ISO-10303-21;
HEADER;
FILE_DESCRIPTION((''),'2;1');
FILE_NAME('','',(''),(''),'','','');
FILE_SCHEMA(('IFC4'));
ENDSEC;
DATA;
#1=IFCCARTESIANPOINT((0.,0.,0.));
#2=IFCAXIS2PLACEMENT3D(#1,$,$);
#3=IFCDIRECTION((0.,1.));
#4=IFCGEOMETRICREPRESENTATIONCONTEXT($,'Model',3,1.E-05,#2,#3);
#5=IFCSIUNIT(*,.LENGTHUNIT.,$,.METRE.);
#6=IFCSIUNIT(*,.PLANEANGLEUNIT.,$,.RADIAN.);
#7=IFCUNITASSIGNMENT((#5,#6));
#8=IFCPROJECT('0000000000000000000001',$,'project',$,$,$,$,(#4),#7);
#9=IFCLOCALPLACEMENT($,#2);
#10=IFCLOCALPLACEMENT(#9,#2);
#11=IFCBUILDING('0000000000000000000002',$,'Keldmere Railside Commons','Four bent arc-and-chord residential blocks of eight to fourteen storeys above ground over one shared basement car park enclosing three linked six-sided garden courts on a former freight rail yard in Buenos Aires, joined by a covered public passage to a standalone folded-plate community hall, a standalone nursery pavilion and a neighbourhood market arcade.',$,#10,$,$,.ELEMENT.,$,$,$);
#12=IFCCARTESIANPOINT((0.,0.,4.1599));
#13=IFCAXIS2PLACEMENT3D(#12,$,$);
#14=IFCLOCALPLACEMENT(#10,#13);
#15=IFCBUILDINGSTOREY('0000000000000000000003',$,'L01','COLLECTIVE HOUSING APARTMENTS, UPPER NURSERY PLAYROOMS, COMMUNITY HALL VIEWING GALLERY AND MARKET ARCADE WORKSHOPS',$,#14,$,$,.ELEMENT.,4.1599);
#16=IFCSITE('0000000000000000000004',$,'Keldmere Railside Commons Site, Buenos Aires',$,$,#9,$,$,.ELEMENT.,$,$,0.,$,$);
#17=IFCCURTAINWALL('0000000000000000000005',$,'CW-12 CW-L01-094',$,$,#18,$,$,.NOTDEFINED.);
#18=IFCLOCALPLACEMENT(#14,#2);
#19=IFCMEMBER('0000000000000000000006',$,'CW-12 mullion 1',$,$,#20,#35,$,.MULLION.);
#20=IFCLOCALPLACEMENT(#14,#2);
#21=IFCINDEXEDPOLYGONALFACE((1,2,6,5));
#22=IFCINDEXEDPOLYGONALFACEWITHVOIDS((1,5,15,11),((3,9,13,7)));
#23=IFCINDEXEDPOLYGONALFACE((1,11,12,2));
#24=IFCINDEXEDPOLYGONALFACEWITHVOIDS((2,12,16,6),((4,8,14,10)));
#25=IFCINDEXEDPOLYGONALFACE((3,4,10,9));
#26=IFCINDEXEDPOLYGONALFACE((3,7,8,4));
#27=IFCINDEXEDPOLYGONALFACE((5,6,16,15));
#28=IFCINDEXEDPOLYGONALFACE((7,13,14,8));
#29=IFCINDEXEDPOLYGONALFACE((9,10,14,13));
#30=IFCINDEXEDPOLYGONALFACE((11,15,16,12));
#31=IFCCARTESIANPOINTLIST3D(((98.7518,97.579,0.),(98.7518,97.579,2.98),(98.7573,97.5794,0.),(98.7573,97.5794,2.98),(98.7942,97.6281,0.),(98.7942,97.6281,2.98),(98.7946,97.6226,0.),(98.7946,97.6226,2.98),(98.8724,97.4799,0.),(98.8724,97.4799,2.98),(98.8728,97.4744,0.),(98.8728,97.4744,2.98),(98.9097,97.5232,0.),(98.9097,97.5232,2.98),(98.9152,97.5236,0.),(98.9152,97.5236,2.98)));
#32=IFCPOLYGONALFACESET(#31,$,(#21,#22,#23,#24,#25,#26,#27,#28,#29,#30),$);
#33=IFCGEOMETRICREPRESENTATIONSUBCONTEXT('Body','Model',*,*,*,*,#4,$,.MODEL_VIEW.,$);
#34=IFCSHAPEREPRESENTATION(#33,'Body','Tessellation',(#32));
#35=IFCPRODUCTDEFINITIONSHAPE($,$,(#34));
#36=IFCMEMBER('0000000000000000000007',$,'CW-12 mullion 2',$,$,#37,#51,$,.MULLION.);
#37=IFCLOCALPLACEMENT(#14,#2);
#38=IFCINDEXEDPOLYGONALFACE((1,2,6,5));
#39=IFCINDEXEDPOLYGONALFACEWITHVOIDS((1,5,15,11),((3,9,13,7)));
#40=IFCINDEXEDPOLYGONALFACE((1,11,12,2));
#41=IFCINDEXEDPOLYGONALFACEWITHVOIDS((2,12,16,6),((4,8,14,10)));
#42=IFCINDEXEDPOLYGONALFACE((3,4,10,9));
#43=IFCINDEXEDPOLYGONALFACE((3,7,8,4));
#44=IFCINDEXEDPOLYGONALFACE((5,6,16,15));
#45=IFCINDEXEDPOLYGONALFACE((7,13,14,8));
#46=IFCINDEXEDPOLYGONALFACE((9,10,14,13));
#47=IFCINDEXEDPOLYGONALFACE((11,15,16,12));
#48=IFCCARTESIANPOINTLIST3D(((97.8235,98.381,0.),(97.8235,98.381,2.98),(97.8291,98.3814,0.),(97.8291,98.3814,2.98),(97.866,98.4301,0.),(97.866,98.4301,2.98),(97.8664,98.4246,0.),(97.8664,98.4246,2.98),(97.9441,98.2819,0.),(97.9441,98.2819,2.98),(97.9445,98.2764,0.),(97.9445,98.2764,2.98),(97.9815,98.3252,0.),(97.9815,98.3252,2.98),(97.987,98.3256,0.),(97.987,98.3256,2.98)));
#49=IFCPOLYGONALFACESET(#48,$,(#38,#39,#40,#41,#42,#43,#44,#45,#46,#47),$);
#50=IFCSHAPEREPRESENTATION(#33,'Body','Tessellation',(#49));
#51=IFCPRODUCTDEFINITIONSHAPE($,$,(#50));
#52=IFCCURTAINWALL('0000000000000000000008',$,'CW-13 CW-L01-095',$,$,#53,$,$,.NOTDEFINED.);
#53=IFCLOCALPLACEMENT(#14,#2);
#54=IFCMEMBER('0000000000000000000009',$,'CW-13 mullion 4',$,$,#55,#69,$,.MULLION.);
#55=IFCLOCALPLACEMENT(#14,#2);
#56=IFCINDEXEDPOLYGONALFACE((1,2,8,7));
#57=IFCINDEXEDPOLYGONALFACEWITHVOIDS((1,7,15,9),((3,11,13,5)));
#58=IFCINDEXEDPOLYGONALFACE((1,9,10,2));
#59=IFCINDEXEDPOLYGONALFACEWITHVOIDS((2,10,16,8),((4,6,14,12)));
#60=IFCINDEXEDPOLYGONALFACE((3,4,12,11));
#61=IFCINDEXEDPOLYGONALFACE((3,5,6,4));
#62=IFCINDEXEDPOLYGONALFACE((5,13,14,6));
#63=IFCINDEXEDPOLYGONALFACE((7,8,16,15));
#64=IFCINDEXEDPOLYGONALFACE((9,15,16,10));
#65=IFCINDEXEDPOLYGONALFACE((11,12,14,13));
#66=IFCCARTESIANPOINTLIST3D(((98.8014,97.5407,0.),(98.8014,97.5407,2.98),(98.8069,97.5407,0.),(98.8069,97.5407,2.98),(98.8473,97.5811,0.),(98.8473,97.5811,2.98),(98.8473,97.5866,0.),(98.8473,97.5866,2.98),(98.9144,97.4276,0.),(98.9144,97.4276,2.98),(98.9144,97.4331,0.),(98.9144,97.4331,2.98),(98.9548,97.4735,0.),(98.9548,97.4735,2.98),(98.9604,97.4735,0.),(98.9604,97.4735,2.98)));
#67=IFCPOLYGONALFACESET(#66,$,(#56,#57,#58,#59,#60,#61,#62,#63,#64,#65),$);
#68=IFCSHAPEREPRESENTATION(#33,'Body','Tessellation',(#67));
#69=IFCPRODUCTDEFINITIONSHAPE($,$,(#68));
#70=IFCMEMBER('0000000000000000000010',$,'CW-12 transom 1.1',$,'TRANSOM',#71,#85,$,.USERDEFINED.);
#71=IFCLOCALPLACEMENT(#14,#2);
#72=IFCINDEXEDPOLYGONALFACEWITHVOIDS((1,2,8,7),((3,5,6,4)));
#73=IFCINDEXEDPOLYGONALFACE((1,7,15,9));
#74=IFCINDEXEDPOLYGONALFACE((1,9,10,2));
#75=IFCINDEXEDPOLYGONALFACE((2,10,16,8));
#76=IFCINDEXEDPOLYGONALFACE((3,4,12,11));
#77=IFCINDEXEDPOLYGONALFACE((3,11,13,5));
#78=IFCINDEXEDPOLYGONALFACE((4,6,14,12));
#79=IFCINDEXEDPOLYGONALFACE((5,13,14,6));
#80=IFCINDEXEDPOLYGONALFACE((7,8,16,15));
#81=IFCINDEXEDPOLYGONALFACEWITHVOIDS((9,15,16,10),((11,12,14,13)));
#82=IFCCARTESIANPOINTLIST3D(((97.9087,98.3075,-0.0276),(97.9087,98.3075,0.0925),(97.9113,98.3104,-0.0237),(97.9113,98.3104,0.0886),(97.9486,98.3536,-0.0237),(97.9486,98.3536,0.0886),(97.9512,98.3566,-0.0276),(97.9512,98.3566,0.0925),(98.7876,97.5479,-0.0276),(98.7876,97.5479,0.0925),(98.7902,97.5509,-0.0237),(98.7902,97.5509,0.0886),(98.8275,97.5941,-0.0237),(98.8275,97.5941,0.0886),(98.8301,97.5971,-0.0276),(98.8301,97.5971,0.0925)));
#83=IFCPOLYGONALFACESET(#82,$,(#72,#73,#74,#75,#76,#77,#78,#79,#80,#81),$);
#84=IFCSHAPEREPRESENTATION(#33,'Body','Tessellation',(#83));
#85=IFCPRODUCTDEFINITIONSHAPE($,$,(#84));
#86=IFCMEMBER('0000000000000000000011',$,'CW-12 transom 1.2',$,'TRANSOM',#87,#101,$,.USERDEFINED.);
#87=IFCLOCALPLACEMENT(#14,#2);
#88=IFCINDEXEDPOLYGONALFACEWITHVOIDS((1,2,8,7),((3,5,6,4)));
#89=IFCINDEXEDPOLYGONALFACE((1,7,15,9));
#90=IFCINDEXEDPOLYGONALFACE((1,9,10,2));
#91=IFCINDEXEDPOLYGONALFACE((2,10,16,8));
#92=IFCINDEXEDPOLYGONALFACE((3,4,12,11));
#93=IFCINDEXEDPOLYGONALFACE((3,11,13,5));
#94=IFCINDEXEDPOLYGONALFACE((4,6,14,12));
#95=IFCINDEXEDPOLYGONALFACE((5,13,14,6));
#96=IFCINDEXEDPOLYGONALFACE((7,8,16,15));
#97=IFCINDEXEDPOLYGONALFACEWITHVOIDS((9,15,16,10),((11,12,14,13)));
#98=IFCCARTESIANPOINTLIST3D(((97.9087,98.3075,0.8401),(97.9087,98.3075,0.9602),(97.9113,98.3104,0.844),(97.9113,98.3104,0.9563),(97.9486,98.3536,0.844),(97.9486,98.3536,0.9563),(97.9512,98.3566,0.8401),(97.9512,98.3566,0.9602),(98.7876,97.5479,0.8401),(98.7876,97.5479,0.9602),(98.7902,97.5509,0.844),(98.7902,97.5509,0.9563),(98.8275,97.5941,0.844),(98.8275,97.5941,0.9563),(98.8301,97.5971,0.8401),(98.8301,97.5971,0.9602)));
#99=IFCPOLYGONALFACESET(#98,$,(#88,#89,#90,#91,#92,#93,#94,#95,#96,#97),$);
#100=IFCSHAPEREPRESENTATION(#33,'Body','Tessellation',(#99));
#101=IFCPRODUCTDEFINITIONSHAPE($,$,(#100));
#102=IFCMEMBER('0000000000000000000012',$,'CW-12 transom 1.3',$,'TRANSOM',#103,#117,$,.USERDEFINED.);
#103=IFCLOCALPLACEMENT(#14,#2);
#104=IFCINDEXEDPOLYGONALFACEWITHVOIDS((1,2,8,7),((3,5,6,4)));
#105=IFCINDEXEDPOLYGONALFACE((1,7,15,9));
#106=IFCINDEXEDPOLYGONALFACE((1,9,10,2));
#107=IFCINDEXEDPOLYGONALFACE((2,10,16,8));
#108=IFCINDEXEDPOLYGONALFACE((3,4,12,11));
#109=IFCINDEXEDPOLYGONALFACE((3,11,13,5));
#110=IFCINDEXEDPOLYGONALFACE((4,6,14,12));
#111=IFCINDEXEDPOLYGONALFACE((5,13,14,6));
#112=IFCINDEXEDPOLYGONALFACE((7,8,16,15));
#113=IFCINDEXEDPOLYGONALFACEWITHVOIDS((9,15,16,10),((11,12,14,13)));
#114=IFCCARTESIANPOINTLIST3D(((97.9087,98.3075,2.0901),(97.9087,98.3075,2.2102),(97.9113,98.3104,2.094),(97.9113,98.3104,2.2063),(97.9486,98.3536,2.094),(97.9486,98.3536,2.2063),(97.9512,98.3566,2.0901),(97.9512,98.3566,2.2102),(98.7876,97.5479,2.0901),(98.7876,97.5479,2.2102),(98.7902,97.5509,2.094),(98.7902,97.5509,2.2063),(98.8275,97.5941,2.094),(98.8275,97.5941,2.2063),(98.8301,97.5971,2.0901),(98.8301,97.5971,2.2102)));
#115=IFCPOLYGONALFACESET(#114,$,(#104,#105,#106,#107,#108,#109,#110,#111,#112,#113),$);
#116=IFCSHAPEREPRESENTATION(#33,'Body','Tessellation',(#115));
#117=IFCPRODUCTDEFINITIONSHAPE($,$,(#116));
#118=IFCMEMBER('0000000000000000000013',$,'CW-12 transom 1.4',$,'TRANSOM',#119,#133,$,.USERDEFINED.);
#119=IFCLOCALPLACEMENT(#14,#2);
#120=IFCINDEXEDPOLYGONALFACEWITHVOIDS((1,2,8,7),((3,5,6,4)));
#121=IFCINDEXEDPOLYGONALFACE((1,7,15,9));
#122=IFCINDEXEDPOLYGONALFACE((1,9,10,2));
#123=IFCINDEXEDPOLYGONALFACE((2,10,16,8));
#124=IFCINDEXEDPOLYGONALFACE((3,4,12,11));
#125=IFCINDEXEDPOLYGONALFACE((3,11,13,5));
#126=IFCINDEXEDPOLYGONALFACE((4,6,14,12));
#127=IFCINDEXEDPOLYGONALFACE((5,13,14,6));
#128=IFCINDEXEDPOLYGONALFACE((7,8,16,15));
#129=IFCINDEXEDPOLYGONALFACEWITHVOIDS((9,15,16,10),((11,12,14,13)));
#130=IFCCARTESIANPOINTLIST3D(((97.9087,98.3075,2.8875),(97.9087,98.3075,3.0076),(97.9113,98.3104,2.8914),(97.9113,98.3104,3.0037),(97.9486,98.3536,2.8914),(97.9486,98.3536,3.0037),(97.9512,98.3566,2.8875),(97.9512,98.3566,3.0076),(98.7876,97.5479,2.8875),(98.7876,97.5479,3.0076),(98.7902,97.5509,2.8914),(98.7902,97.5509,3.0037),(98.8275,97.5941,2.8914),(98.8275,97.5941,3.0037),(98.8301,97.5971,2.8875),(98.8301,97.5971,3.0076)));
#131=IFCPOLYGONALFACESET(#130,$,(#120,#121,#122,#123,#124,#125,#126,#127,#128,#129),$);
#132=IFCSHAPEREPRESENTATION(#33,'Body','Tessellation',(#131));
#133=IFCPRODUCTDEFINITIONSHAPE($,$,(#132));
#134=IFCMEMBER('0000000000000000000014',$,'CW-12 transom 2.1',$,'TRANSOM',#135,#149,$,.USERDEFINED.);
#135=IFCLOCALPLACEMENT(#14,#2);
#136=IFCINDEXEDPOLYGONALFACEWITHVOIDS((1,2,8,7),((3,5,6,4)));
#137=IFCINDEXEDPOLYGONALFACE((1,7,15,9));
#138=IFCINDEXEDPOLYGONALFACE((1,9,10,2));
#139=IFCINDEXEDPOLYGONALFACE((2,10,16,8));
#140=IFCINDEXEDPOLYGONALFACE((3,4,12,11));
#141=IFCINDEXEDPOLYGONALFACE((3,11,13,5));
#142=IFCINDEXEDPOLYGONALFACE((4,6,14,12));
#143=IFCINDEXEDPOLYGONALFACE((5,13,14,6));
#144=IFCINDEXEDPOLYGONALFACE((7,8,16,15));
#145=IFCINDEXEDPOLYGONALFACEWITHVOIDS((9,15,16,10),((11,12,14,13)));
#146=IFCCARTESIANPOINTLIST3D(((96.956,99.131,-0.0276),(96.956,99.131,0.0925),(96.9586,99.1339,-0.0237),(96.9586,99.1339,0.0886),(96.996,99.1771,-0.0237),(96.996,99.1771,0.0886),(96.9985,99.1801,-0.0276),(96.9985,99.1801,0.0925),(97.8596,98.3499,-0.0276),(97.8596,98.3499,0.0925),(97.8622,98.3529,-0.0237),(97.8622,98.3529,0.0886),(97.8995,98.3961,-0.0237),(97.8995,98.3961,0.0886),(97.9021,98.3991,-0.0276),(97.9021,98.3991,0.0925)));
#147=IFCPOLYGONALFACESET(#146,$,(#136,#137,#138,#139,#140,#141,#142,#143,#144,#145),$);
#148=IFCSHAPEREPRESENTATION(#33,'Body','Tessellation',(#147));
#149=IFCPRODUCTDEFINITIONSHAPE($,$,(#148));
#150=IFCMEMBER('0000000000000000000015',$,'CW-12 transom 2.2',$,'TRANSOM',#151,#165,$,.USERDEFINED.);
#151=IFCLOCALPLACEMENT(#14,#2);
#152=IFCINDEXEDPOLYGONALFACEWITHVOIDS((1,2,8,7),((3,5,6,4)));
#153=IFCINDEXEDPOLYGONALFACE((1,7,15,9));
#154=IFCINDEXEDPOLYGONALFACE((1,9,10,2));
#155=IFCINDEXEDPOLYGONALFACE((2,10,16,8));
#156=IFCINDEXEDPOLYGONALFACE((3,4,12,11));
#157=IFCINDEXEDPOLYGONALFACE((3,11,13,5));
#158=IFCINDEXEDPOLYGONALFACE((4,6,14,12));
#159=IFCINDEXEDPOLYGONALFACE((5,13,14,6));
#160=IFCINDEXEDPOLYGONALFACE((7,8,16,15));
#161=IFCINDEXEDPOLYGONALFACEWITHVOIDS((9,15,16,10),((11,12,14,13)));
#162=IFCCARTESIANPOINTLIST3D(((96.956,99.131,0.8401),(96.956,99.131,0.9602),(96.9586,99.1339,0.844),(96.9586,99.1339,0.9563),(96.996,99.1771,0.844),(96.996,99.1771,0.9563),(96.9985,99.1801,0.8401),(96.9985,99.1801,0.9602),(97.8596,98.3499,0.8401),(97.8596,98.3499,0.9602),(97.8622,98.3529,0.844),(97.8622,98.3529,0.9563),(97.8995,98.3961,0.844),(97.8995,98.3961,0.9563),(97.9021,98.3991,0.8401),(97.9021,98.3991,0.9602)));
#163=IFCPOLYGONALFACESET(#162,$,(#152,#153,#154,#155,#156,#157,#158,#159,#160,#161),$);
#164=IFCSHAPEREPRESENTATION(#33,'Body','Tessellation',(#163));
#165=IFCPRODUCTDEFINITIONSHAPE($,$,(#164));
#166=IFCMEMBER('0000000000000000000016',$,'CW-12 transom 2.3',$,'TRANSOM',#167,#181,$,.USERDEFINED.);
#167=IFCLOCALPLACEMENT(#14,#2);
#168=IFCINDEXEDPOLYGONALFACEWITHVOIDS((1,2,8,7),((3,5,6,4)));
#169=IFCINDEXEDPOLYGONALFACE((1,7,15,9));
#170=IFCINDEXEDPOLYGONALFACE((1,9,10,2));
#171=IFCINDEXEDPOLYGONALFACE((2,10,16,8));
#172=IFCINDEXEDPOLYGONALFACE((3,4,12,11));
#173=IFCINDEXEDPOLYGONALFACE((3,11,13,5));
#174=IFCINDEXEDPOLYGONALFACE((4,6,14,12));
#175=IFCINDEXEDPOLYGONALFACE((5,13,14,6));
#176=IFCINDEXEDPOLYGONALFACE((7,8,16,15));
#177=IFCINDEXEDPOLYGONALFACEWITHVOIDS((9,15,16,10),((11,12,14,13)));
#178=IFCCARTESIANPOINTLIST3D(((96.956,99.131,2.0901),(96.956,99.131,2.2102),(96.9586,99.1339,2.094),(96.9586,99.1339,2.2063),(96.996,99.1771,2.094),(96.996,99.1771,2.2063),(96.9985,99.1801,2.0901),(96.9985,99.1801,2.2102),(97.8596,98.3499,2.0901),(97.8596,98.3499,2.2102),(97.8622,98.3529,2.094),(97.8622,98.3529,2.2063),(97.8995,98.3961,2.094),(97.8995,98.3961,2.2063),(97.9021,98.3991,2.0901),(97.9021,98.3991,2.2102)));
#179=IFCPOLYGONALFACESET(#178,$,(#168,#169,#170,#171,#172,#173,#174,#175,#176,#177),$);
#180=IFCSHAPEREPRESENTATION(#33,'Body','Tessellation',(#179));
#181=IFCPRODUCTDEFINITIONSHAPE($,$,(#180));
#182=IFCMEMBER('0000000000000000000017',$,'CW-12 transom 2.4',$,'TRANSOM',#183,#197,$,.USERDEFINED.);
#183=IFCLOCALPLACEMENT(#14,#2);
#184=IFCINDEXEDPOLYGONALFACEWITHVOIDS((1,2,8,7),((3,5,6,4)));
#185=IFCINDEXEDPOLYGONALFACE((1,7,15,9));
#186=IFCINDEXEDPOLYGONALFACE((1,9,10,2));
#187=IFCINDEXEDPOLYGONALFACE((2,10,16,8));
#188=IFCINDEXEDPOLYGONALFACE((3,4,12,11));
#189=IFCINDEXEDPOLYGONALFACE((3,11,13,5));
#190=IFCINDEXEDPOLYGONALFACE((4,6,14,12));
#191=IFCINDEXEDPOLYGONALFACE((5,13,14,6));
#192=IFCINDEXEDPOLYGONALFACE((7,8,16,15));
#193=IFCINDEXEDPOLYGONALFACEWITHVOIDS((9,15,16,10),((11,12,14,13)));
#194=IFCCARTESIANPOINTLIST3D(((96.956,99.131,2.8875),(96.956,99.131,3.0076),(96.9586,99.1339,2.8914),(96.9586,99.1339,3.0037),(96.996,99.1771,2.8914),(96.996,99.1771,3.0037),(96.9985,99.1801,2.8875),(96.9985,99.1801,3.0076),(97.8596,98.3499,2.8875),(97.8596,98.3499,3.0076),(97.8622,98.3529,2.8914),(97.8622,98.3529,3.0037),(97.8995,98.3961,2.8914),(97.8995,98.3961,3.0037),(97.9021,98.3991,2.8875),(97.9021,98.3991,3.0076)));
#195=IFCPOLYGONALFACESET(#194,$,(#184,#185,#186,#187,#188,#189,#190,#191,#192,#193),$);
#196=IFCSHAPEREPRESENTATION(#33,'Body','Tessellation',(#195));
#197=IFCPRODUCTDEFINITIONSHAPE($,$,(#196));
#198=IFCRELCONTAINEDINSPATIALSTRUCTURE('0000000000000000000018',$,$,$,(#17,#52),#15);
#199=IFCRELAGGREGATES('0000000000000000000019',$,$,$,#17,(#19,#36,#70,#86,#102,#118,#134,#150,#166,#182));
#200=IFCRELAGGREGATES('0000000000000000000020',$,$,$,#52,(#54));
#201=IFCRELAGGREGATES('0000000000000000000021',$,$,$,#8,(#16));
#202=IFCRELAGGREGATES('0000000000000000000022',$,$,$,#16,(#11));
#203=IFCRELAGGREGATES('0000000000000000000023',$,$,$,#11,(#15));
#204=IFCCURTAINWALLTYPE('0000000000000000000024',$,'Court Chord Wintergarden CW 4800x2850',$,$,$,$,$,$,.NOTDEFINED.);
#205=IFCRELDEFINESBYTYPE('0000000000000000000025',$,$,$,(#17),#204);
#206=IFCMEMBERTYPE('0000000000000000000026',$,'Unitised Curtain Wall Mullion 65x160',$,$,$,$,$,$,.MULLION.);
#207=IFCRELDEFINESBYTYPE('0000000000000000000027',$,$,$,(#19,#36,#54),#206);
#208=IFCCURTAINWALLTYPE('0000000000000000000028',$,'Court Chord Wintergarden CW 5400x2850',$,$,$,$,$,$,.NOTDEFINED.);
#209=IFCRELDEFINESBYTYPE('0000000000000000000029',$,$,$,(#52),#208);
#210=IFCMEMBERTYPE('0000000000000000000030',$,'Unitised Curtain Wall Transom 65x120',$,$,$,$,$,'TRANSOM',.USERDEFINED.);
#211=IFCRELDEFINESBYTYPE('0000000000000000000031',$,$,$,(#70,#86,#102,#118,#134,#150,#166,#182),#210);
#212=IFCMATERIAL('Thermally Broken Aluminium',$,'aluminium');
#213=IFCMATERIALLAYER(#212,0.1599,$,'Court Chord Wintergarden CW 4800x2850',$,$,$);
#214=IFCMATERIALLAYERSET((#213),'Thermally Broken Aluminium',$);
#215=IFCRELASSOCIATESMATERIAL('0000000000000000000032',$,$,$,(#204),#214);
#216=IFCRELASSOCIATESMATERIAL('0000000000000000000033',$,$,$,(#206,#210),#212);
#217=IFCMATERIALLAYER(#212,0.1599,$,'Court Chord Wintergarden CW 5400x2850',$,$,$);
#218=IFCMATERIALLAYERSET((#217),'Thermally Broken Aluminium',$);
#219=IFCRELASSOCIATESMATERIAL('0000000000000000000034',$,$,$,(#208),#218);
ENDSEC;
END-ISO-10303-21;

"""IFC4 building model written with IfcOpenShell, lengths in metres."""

from ifc_helpers import new_model, si_unit, direction, frame, origin, origin_2d, place, context, subcontext, project, spatial, hollow_rectangle, extrude, material, layer, layer_set, material_profile, profile_set, type_object, element, aggregate, save


model = new_model("IFC4")

# Units and contexts
model_context = context("Model", 3, precision=1e-05, world=origin(), true_north=direction((0.0, 1.0)))
body_context = subcontext(model_context, "Body", "Model", "MODEL_VIEW")
ifc_project = project(units=[si_unit("LENGTHUNIT", "METRE"), si_unit("PLANEANGLEUNIT", "RADIAN")], contexts=[model_context])

# Site, building, storey
site_placement = place(None, origin())
site = spatial("IfcSite", under=ifc_project, at=site_placement, Name="Keldmere Railside Commons Site, Buenos Aires", CompositionType="ELEMENT", RefElevation=0.0)
building_placement = place(site_placement, origin())
building = spatial("IfcBuilding", under=site, at=building_placement, Name="Keldmere Railside Commons", Description="Four bent arc-and-chord residential blocks of eight to fourteen storeys above ground over one shared basement car park enclosing three linked six-sided garden courts on a former freight rail yard in Buenos Aires, joined by a covered public passage to a standalone folded-plate community hall, a standalone nursery pavilion and a neighbourhood market arcade.", CompositionType="ELEMENT")
storey_placement = place(building_placement, frame((0.0, 0.0, 4.1599)))
storey = spatial("IfcBuildingStorey", under=building, at=storey_placement, Name="L01", Description="COLLECTIVE HOUSING APARTMENTS, UPPER NURSERY PLAYROOMS, COMMUNITY HALL VIEWING GALLERY AND MARKET ARCADE WORKSHOPS", CompositionType="ELEMENT", Elevation=4.1599)

# Curtain wall, members
ifc_material_1 = material(Name="Thermally Broken Aluminium", Category="aluminium")
ifc_layer_1 = layer(ifc_material_1, 0.1599, Name="Court Chord Wintergarden CW 4800x2850")
ifc_layer_set_1 = layer_set([ifc_layer_1], Name="Thermally Broken Aluminium")
curtain_wall_type_1 = type_object("IfcCurtainWallType", Name="Court Chord Wintergarden CW 4800x2850", PredefinedType="NOTDEFINED", material=ifc_layer_set_1)
curtain_wall_1_placement = place(storey_placement, origin())
curtain_wall_1 = element("IfcCurtainWall", 1, at=curtain_wall_1_placement, inside=storey, type_object=curtain_wall_type_1, Name="CW-12 CW-L01-094", PredefinedType="NOTDEFINED")
ifc_material_profile_1 = material_profile(ifc_material_1, hollow_rectangle(XDim=0.0649, YDim=0.1599, WallThickness=0.0039, at=origin_2d()), Name="ALU-MULL-65x160")
ifc_profile_set_1 = profile_set([ifc_material_profile_1], Name="Thermally Broken Aluminium")
member_type_1 = type_object("IfcMemberType", Name="Unitised Curtain Wall Mullion 65x160", PredefinedType="MULLION", material=ifc_profile_set_1)
member_1_placement = place(storey_placement, frame((98.8335, 97.5513, 0.0), z_axis=(0.0, 0.0, 1.0), x_axis=(-0.653882, -0.756597, 0.0)))
member_1 = element("IfcMember", 2, at=member_1_placement, type_object=member_type_1, Name="CW-12 mullion 1", PredefinedType="MULLION", context=body_context, shape_type="SweptSolid", body=[
    extrude(hollow_rectangle(XDim=0.0649, YDim=0.1599, WallThickness=0.0039, at=origin_2d()), origin(), (0.0, 0.0, 1.0), 2.98),
])
member_2_placement = place(storey_placement, frame((97.9053, 98.3533, 0.0), z_axis=(0.0, 0.0, 1.0), x_axis=(-0.653882, -0.756597, 0.0)))
member_2 = element("IfcMember", 3, at=member_2_placement, type_object=member_type_1, Name="CW-12 mullion 2", PredefinedType="MULLION", context=body_context, shape_type="SweptSolid", body=[
    extrude(hollow_rectangle(XDim=0.0649, YDim=0.1599, WallThickness=0.0039, at=origin_2d()), origin(), (0.0, 0.0, 1.0), 2.98),
])

# Curtain wall, member
ifc_layer_2 = layer(ifc_material_1, 0.1599, Name="Court Chord Wintergarden CW 5400x2850")
ifc_layer_set_2 = layer_set([ifc_layer_2], Name="Thermally Broken Aluminium")
curtain_wall_type_2 = type_object("IfcCurtainWallType", Name="Court Chord Wintergarden CW 5400x2850", PredefinedType="NOTDEFINED", material=ifc_layer_set_2)
curtain_wall_2_placement = place(storey_placement, origin())
curtain_wall_2 = element("IfcCurtainWall", 4, at=curtain_wall_2_placement, inside=storey, type_object=curtain_wall_type_2, Name="CW-13 CW-L01-095", PredefinedType="NOTDEFINED")
member_3_placement = place(storey_placement, frame((98.8809, 97.5071, 0.0), z_axis=(0.0, 0.0, 1.0), x_axis=(-0.707107, -0.707107, 0.0)))
member_3 = element("IfcMember", 5, at=member_3_placement, type_object=member_type_1, Name="CW-13 mullion 4", PredefinedType="MULLION", context=body_context, shape_type="SweptSolid", body=[
    extrude(hollow_rectangle(XDim=0.0649, YDim=0.1599, WallThickness=0.0039, at=origin_2d()), origin(), (0.0, 0.0, 1.0), 2.98),
])

# Members
ifc_material_profile_2 = material_profile(ifc_material_1, hollow_rectangle(XDim=0.0649, YDim=0.1201, WallThickness=0.0039, at=origin_2d()), Name="ALU-TRAN-65x120")
ifc_profile_set_2 = profile_set([ifc_material_profile_2], Name="Thermally Broken Aluminium")
member_type_2 = type_object("IfcMemberType", Name="Unitised Curtain Wall Transom 65x120", ElementType="TRANSOM", PredefinedType="USERDEFINED", material=ifc_profile_set_2)
member_4_placement = place(storey_placement, frame((98.8088, 97.5725, 0.0325), z_axis=(-0.756624, 0.65385, 0.0), x_axis=(-0.65385, -0.756624, 0.0)))
member_4 = element("IfcMember", 6, at=member_4_placement, type_object=member_type_2, Name="CW-12 transom 1.1", ObjectType="TRANSOM", PredefinedType="USERDEFINED", context=body_context, shape_type="SweptSolid", body=[
    extrude(hollow_rectangle(XDim=0.0649, YDim=0.1201, WallThickness=0.0039, at=origin_2d()), origin(), (0.0, 0.0, 1.0), 1.1616),
])
member_5_placement = place(storey_placement, frame((98.8088, 97.5725, 0.9001), z_axis=(-0.756624, 0.65385, 0.0), x_axis=(-0.65385, -0.756624, 0.0)))
member_5 = element("IfcMember", 7, at=member_5_placement, type_object=member_type_2, Name="CW-12 transom 1.2", ObjectType="TRANSOM", PredefinedType="USERDEFINED", context=body_context, shape_type="SweptSolid", body=[
    extrude(hollow_rectangle(XDim=0.0649, YDim=0.1201, WallThickness=0.0039, at=origin_2d()), origin(), (0.0, 0.0, 1.0), 1.1616),
])
member_6_placement = place(storey_placement, frame((98.8088, 97.5725, 2.1501), z_axis=(-0.756624, 0.65385, 0.0), x_axis=(-0.65385, -0.756624, 0.0)))
member_6 = element("IfcMember", 8, at=member_6_placement, type_object=member_type_2, Name="CW-12 transom 1.3", ObjectType="TRANSOM", PredefinedType="USERDEFINED", context=body_context, shape_type="SweptSolid", body=[
    extrude(hollow_rectangle(XDim=0.0649, YDim=0.1201, WallThickness=0.0039, at=origin_2d()), origin(), (0.0, 0.0, 1.0), 1.1616),
])
member_7_placement = place(storey_placement, frame((98.8088, 97.5725, 2.9475), z_axis=(-0.756624, 0.65385, 0.0), x_axis=(-0.65385, -0.756624, 0.0)))
member_7 = element("IfcMember", 9, at=member_7_placement, type_object=member_type_2, Name="CW-12 transom 1.4", ObjectType="TRANSOM", PredefinedType="USERDEFINED", context=body_context, shape_type="SweptSolid", body=[
    extrude(hollow_rectangle(XDim=0.0649, YDim=0.1201, WallThickness=0.0039, at=origin_2d()), origin(), (0.0, 0.0, 1.0), 1.1616),
])
member_8_placement = place(storey_placement, frame((97.8809, 98.3745, 0.0325), z_axis=(-0.756552, 0.653934, 0.0), x_axis=(-0.653934, -0.756552, 0.0)))
member_8 = element("IfcMember", 10, at=member_8_placement, type_object=member_type_2, Name="CW-12 transom 2.1", ObjectType="TRANSOM", PredefinedType="USERDEFINED", context=body_context, shape_type="SweptSolid", body=[
    extrude(hollow_rectangle(XDim=0.0649, YDim=0.1201, WallThickness=0.0039, at=origin_2d()), origin(), (0.0, 0.0, 1.0), 1.1943),
])
member_9_placement = place(storey_placement, frame((97.8809, 98.3745, 0.9001), z_axis=(-0.756552, 0.653934, 0.0), x_axis=(-0.653934, -0.756552, 0.0)))
member_9 = element("IfcMember", 11, at=member_9_placement, type_object=member_type_2, Name="CW-12 transom 2.2", ObjectType="TRANSOM", PredefinedType="USERDEFINED", context=body_context, shape_type="SweptSolid", body=[
    extrude(hollow_rectangle(XDim=0.0649, YDim=0.1201, WallThickness=0.0039, at=origin_2d()), origin(), (0.0, 0.0, 1.0), 1.1943),
])
member_10_placement = place(storey_placement, frame((97.8809, 98.3745, 2.1501), z_axis=(-0.756552, 0.653934, 0.0), x_axis=(-0.653934, -0.756552, 0.0)))
member_10 = element("IfcMember", 12, at=member_10_placement, type_object=member_type_2, Name="CW-12 transom 2.3", ObjectType="TRANSOM", PredefinedType="USERDEFINED", context=body_context, shape_type="SweptSolid", body=[
    extrude(hollow_rectangle(XDim=0.0649, YDim=0.1201, WallThickness=0.0039, at=origin_2d()), origin(), (0.0, 0.0, 1.0), 1.1943),
])
member_11_placement = place(storey_placement, frame((97.8809, 98.3745, 2.9475), z_axis=(-0.756552, 0.653934, 0.0), x_axis=(-0.653934, -0.756552, 0.0)))
member_11 = element("IfcMember", 13, at=member_11_placement, type_object=member_type_2, Name="CW-12 transom 2.4", ObjectType="TRANSOM", PredefinedType="USERDEFINED", context=body_context, shape_type="SweptSolid", body=[
    extrude(hollow_rectangle(XDim=0.0649, YDim=0.1201, WallThickness=0.0039, at=origin_2d()), origin(), (0.0, 0.0, 1.0), 1.1943),
])

aggregate(curtain_wall_1, [member_1, member_2, member_4, member_5, member_6, member_7, member_8, member_9, member_10, member_11])
aggregate(curtain_wall_2, [member_3])

save(model, "model.ifc")
